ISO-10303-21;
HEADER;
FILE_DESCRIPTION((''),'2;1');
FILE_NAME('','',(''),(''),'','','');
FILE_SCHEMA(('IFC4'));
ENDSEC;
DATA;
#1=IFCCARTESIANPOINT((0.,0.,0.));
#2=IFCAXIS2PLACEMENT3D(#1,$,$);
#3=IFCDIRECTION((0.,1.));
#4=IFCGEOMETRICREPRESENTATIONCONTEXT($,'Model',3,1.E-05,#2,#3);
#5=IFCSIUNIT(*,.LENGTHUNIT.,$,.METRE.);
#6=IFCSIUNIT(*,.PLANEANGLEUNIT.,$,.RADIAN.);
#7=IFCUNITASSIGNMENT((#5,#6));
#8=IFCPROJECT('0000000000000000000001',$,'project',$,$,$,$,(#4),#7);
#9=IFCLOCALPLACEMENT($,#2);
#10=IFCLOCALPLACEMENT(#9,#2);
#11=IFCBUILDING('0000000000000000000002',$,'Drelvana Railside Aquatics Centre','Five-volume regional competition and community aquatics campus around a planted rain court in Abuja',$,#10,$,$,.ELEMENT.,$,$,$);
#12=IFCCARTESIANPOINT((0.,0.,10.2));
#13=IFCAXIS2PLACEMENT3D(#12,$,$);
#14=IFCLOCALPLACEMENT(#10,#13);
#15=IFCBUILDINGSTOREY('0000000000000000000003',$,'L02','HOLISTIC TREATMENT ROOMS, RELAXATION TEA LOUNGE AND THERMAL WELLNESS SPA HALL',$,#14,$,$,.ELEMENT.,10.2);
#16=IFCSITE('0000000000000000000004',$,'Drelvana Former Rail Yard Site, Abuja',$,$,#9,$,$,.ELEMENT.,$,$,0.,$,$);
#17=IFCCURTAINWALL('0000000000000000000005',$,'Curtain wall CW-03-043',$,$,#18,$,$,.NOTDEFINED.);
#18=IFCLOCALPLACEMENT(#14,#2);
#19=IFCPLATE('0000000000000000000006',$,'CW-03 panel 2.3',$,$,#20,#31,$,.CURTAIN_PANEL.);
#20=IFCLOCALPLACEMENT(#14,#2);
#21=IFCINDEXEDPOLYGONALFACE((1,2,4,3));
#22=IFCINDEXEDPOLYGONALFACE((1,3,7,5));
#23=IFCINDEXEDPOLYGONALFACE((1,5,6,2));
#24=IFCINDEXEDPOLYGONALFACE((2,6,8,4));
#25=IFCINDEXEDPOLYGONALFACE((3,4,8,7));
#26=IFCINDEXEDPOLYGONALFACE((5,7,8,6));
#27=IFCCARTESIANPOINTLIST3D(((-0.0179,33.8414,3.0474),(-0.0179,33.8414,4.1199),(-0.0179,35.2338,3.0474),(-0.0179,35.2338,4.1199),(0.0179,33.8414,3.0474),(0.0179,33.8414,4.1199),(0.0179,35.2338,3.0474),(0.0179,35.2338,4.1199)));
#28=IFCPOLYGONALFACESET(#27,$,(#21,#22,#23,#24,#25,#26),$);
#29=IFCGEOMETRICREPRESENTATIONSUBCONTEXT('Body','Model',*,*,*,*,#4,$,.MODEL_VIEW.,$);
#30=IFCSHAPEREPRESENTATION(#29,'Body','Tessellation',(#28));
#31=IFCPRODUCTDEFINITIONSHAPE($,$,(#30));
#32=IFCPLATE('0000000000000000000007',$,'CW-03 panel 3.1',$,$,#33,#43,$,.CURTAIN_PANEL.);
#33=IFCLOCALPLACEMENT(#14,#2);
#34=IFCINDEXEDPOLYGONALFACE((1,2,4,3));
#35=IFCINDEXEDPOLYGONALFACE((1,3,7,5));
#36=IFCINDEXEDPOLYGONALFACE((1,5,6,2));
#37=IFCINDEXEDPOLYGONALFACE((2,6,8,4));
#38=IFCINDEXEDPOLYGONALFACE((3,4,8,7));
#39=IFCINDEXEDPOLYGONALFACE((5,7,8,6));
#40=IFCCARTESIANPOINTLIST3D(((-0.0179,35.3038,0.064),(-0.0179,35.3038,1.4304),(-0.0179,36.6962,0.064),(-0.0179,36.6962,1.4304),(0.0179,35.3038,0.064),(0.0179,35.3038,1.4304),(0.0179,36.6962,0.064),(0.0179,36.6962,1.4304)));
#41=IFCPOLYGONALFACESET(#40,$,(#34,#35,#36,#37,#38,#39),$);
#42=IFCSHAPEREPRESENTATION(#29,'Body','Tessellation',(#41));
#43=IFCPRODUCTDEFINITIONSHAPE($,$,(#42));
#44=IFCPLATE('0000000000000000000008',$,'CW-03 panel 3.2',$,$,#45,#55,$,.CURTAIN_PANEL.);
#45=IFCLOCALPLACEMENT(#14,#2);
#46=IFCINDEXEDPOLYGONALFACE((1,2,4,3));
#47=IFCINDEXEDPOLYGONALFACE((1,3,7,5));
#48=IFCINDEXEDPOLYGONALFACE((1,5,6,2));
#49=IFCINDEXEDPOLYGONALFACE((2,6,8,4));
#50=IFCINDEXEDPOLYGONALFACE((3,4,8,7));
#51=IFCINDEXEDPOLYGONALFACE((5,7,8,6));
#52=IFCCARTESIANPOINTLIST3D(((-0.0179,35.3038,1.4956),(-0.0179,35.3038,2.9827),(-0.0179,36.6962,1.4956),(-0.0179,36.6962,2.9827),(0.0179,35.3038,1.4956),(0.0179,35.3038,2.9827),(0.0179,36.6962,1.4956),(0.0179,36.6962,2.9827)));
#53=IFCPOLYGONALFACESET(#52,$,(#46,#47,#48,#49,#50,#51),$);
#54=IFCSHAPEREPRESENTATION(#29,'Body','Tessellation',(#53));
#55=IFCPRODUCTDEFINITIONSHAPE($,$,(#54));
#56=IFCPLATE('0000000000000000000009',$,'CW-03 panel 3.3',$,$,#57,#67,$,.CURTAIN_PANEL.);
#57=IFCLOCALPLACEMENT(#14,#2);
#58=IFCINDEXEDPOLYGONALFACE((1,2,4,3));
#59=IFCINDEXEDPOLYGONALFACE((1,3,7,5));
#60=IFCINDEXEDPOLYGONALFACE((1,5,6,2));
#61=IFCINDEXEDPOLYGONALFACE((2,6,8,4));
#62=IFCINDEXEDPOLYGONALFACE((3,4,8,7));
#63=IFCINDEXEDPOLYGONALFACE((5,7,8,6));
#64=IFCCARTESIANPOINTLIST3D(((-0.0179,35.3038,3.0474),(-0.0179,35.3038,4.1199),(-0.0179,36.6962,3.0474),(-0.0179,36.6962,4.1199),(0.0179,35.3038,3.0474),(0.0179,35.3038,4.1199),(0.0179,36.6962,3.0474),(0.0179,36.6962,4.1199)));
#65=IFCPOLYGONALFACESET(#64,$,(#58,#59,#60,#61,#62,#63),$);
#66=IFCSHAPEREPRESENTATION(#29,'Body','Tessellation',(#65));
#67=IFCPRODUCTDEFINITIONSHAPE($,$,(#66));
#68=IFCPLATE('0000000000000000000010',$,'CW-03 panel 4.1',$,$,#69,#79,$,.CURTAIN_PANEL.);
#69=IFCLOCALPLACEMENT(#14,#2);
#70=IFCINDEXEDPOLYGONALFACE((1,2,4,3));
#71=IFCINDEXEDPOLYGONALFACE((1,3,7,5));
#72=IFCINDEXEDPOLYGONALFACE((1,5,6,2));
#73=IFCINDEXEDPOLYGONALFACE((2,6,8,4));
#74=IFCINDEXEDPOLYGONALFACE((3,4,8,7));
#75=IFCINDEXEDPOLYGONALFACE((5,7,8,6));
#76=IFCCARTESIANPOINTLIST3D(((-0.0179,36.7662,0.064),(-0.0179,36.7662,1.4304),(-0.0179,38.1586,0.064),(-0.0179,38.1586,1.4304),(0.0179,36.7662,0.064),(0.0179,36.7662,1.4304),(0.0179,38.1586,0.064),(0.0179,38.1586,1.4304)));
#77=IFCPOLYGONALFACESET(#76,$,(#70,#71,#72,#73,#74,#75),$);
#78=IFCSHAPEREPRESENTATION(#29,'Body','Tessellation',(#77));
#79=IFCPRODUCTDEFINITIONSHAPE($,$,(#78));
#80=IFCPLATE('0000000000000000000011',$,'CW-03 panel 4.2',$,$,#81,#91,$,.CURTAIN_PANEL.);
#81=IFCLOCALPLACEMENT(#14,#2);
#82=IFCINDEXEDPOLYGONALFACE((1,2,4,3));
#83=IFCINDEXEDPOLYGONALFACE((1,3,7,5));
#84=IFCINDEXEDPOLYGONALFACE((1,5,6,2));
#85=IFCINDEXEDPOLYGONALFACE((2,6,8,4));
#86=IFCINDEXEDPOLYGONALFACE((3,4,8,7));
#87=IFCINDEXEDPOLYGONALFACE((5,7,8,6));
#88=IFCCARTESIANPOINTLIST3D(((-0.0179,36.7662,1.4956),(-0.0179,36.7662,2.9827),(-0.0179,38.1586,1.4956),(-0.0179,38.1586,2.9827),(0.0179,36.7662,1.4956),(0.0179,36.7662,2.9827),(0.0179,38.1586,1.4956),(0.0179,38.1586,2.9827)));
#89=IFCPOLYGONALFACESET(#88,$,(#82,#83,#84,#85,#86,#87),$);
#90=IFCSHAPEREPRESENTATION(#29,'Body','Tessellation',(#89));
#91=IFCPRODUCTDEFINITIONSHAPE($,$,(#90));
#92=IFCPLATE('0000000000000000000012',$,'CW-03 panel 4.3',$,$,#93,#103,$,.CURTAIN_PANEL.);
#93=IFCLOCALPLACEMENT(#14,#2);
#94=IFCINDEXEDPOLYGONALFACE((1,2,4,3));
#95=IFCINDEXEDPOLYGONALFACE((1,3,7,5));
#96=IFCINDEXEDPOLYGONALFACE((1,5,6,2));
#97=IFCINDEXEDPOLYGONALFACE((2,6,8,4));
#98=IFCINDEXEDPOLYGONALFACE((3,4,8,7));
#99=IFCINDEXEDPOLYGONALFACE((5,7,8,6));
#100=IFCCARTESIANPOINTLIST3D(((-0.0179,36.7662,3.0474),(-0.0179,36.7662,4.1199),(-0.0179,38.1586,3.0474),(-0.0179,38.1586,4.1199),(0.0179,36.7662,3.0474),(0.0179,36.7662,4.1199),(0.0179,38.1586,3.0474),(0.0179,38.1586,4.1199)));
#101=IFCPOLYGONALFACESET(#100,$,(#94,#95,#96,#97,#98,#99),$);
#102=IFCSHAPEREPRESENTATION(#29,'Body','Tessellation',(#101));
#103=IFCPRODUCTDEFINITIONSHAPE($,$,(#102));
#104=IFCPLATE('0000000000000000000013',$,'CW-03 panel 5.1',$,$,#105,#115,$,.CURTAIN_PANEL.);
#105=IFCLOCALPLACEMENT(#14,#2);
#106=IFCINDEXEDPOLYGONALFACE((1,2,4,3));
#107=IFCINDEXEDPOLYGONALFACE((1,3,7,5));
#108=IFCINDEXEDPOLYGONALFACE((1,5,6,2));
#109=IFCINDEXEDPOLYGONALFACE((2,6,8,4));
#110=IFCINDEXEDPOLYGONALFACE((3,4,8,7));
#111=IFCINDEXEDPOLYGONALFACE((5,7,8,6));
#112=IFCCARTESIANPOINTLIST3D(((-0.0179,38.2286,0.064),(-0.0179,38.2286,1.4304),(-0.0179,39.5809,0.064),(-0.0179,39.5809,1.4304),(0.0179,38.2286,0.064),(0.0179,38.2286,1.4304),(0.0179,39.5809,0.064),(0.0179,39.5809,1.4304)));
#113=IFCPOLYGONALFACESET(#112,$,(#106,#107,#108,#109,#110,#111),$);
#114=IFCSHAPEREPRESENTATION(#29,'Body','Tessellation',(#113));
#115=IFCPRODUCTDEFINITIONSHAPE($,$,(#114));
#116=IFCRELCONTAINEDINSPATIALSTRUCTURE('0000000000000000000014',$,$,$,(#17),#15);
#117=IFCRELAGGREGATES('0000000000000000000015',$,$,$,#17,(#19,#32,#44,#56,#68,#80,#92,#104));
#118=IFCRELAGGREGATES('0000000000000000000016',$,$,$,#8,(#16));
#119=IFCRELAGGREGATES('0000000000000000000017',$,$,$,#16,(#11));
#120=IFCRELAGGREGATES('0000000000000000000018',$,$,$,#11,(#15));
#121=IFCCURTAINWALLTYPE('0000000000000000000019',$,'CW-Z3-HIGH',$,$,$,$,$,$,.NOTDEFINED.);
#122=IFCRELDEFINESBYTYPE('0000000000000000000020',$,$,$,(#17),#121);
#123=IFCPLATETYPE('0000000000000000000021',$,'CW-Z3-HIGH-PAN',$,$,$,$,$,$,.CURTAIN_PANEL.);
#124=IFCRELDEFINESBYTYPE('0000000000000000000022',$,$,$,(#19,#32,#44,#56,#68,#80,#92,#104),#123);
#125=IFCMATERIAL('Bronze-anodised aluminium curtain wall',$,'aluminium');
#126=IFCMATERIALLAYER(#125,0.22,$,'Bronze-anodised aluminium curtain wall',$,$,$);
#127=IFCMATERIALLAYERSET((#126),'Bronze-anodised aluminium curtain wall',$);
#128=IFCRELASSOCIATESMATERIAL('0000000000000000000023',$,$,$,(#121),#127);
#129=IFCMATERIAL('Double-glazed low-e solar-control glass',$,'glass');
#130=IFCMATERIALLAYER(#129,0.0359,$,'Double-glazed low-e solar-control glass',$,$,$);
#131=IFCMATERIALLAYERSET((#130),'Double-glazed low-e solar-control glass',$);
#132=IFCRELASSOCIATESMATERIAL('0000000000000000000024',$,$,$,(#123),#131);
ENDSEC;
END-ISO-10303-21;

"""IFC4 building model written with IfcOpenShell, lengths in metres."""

from ifc_helpers import new_model, si_unit, direction, frame, origin, origin_2d, place, context, subcontext, project, spatial, rectangle, extrude, material, layer, layer_set, type_object, element, aggregate, save


model = new_model("IFC4")

# Units and contexts
model_context = context("Model", 3, precision=1e-05, world=origin(), true_north=direction((0.0, 1.0)))
body_context = subcontext(model_context, "Body", "Model", "MODEL_VIEW")
ifc_project = project(units=[si_unit("LENGTHUNIT", "METRE"), si_unit("PLANEANGLEUNIT", "RADIAN")], contexts=[model_context])

# Site, building, storey
site_placement = place(None, origin())
site = spatial("IfcSite", under=ifc_project, at=site_placement, Name="Drelvana Former Rail Yard Site, Abuja", CompositionType="ELEMENT", RefElevation=0.0)
building_placement = place(site_placement, origin())
building = spatial("IfcBuilding", under=site, at=building_placement, Name="Drelvana Railside Aquatics Centre", Description="Five-volume regional competition and community aquatics campus around a planted rain court in Abuja", CompositionType="ELEMENT")
storey_placement = place(building_placement, frame((0.0, 0.0, 10.2)))
storey = spatial("IfcBuildingStorey", under=building, at=storey_placement, Name="L02", Description="HOLISTIC TREATMENT ROOMS, RELAXATION TEA LOUNGE AND THERMAL WELLNESS SPA HALL", CompositionType="ELEMENT", Elevation=10.2)

# Curtain wall, plates
ifc_material_1 = material(Name="Bronze-anodised aluminium curtain wall", Category="aluminium")
ifc_layer_1 = layer(ifc_material_1, 0.22, Name="Bronze-anodised aluminium curtain wall")
ifc_layer_set_1 = layer_set([ifc_layer_1], Name="Bronze-anodised aluminium curtain wall")
curtain_wall_type = type_object("IfcCurtainWallType", Name="CW-Z3-HIGH", PredefinedType="NOTDEFINED", material=ifc_layer_set_1)
curtain_wall_placement = place(storey_placement, origin())
curtain_wall = element("IfcCurtainWall", 1, at=curtain_wall_placement, inside=storey, type_object=curtain_wall_type, Name="Curtain wall CW-03-043", PredefinedType="NOTDEFINED")
ifc_material_2 = material(Name="Double-glazed low-e solar-control glass", Category="glass")
ifc_layer_2 = layer(ifc_material_2, 0.0359, Name="Double-glazed low-e solar-control glass")
ifc_layer_set_2 = layer_set([ifc_layer_2], Name="Double-glazed low-e solar-control glass")
plate_type = type_object("IfcPlateType", Name="CW-Z3-HIGH-PAN", PredefinedType="CURTAIN_PANEL", material=ifc_layer_set_2)
plate_1_placement = place(storey_placement, frame((0.0, 34.5376, 3.0474), z_axis=(0.0, 0.0, 1.0), x_axis=(0.0, 1.0, 0.0)))
plate_1 = element("IfcPlate", 2, at=plate_1_placement, type_object=plate_type, Name="CW-03 panel 2.3", PredefinedType="CURTAIN_PANEL", context=body_context, shape_type="SweptSolid", body=[
    extrude(rectangle(XDim=1.3923, YDim=0.0359, at=origin_2d()), origin(), (0.0, 0.0, 1.0), 1.0725),
])
plate_2_placement = place(storey_placement, frame((0.0, 36.0, 0.064), z_axis=(0.0, 0.0, 1.0), x_axis=(0.0, 1.0, 0.0)))
plate_2 = element("IfcPlate", 3, at=plate_2_placement, type_object=plate_type, Name="CW-03 panel 3.1", PredefinedType="CURTAIN_PANEL", context=body_context, shape_type="SweptSolid", body=[
    extrude(rectangle(XDim=1.3923, YDim=0.0359, at=origin_2d()), origin(), (0.0, 0.0, 1.0), 1.3665),
])
plate_3_placement = place(storey_placement, frame((0.0, 36.0, 1.4956), z_axis=(0.0, 0.0, 1.0), x_axis=(0.0, 1.0, 0.0)))
plate_3 = element("IfcPlate", 4, at=plate_3_placement, type_object=plate_type, Name="CW-03 panel 3.2", PredefinedType="CURTAIN_PANEL", context=body_context, shape_type="SweptSolid", body=[
    extrude(rectangle(XDim=1.3923, YDim=0.0359, at=origin_2d()), origin(), (0.0, 0.0, 1.0), 1.4871),
])
plate_4_placement = place(storey_placement, frame((0.0, 36.0, 3.0474), z_axis=(0.0, 0.0, 1.0), x_axis=(0.0, 1.0, 0.0)))
plate_4 = element("IfcPlate", 5, at=plate_4_placement, type_object=plate_type, Name="CW-03 panel 3.3", PredefinedType="CURTAIN_PANEL", context=body_context, shape_type="SweptSolid", body=[
    extrude(rectangle(XDim=1.3923, YDim=0.0359, at=origin_2d()), origin(), (0.0, 0.0, 1.0), 1.0725),
])
plate_5_placement = place(storey_placement, frame((0.0, 37.4624, 0.064), z_axis=(0.0, 0.0, 1.0), x_axis=(0.0, 1.0, 0.0)))
plate_5 = element("IfcPlate", 6, at=plate_5_placement, type_object=plate_type, Name="CW-03 panel 4.1", PredefinedType="CURTAIN_PANEL", context=body_context, shape_type="SweptSolid", body=[
    extrude(rectangle(XDim=1.3923, YDim=0.0359, at=origin_2d()), origin(), (0.0, 0.0, 1.0), 1.3665),
])
plate_6_placement = place(storey_placement, frame((0.0, 37.4624, 1.4956), z_axis=(0.0, 0.0, 1.0), x_axis=(0.0, 1.0, 0.0)))
plate_6 = element("IfcPlate", 7, at=plate_6_placement, type_object=plate_type, Name="CW-03 panel 4.2", PredefinedType="CURTAIN_PANEL", context=body_context, shape_type="SweptSolid", body=[
    extrude(rectangle(XDim=1.3923, YDim=0.0359, at=origin_2d()), origin(), (0.0, 0.0, 1.0), 1.4871),
])
plate_7_placement = place(storey_placement, frame((0.0, 37.4624, 3.0474), z_axis=(0.0, 0.0, 1.0), x_axis=(0.0, 1.0, 0.0)))
plate_7 = element("IfcPlate", 8, at=plate_7_placement, type_object=plate_type, Name="CW-03 panel 4.3", PredefinedType="CURTAIN_PANEL", context=body_context, shape_type="SweptSolid", body=[
    extrude(rectangle(XDim=1.3923, YDim=0.0359, at=origin_2d()), origin(), (0.0, 0.0, 1.0), 1.0725),
])
plate_8_placement = place(storey_placement, frame((0.0, 38.9048, 0.064), z_axis=(0.0, 0.0, 1.0), x_axis=(0.0, 1.0, 0.0)))
plate_8 = element("IfcPlate", 9, at=plate_8_placement, type_object=plate_type, Name="CW-03 panel 5.1", PredefinedType="CURTAIN_PANEL", context=body_context, shape_type="SweptSolid", body=[
    extrude(rectangle(XDim=1.3523, YDim=0.0359, at=origin_2d()), origin(), (0.0, 0.0, 1.0), 1.3665),
])
aggregate(curtain_wall, [plate_1, plate_2, plate_3, plate_4, plate_5, plate_6, plate_7, plate_8])

save(model, "model.ifc")
